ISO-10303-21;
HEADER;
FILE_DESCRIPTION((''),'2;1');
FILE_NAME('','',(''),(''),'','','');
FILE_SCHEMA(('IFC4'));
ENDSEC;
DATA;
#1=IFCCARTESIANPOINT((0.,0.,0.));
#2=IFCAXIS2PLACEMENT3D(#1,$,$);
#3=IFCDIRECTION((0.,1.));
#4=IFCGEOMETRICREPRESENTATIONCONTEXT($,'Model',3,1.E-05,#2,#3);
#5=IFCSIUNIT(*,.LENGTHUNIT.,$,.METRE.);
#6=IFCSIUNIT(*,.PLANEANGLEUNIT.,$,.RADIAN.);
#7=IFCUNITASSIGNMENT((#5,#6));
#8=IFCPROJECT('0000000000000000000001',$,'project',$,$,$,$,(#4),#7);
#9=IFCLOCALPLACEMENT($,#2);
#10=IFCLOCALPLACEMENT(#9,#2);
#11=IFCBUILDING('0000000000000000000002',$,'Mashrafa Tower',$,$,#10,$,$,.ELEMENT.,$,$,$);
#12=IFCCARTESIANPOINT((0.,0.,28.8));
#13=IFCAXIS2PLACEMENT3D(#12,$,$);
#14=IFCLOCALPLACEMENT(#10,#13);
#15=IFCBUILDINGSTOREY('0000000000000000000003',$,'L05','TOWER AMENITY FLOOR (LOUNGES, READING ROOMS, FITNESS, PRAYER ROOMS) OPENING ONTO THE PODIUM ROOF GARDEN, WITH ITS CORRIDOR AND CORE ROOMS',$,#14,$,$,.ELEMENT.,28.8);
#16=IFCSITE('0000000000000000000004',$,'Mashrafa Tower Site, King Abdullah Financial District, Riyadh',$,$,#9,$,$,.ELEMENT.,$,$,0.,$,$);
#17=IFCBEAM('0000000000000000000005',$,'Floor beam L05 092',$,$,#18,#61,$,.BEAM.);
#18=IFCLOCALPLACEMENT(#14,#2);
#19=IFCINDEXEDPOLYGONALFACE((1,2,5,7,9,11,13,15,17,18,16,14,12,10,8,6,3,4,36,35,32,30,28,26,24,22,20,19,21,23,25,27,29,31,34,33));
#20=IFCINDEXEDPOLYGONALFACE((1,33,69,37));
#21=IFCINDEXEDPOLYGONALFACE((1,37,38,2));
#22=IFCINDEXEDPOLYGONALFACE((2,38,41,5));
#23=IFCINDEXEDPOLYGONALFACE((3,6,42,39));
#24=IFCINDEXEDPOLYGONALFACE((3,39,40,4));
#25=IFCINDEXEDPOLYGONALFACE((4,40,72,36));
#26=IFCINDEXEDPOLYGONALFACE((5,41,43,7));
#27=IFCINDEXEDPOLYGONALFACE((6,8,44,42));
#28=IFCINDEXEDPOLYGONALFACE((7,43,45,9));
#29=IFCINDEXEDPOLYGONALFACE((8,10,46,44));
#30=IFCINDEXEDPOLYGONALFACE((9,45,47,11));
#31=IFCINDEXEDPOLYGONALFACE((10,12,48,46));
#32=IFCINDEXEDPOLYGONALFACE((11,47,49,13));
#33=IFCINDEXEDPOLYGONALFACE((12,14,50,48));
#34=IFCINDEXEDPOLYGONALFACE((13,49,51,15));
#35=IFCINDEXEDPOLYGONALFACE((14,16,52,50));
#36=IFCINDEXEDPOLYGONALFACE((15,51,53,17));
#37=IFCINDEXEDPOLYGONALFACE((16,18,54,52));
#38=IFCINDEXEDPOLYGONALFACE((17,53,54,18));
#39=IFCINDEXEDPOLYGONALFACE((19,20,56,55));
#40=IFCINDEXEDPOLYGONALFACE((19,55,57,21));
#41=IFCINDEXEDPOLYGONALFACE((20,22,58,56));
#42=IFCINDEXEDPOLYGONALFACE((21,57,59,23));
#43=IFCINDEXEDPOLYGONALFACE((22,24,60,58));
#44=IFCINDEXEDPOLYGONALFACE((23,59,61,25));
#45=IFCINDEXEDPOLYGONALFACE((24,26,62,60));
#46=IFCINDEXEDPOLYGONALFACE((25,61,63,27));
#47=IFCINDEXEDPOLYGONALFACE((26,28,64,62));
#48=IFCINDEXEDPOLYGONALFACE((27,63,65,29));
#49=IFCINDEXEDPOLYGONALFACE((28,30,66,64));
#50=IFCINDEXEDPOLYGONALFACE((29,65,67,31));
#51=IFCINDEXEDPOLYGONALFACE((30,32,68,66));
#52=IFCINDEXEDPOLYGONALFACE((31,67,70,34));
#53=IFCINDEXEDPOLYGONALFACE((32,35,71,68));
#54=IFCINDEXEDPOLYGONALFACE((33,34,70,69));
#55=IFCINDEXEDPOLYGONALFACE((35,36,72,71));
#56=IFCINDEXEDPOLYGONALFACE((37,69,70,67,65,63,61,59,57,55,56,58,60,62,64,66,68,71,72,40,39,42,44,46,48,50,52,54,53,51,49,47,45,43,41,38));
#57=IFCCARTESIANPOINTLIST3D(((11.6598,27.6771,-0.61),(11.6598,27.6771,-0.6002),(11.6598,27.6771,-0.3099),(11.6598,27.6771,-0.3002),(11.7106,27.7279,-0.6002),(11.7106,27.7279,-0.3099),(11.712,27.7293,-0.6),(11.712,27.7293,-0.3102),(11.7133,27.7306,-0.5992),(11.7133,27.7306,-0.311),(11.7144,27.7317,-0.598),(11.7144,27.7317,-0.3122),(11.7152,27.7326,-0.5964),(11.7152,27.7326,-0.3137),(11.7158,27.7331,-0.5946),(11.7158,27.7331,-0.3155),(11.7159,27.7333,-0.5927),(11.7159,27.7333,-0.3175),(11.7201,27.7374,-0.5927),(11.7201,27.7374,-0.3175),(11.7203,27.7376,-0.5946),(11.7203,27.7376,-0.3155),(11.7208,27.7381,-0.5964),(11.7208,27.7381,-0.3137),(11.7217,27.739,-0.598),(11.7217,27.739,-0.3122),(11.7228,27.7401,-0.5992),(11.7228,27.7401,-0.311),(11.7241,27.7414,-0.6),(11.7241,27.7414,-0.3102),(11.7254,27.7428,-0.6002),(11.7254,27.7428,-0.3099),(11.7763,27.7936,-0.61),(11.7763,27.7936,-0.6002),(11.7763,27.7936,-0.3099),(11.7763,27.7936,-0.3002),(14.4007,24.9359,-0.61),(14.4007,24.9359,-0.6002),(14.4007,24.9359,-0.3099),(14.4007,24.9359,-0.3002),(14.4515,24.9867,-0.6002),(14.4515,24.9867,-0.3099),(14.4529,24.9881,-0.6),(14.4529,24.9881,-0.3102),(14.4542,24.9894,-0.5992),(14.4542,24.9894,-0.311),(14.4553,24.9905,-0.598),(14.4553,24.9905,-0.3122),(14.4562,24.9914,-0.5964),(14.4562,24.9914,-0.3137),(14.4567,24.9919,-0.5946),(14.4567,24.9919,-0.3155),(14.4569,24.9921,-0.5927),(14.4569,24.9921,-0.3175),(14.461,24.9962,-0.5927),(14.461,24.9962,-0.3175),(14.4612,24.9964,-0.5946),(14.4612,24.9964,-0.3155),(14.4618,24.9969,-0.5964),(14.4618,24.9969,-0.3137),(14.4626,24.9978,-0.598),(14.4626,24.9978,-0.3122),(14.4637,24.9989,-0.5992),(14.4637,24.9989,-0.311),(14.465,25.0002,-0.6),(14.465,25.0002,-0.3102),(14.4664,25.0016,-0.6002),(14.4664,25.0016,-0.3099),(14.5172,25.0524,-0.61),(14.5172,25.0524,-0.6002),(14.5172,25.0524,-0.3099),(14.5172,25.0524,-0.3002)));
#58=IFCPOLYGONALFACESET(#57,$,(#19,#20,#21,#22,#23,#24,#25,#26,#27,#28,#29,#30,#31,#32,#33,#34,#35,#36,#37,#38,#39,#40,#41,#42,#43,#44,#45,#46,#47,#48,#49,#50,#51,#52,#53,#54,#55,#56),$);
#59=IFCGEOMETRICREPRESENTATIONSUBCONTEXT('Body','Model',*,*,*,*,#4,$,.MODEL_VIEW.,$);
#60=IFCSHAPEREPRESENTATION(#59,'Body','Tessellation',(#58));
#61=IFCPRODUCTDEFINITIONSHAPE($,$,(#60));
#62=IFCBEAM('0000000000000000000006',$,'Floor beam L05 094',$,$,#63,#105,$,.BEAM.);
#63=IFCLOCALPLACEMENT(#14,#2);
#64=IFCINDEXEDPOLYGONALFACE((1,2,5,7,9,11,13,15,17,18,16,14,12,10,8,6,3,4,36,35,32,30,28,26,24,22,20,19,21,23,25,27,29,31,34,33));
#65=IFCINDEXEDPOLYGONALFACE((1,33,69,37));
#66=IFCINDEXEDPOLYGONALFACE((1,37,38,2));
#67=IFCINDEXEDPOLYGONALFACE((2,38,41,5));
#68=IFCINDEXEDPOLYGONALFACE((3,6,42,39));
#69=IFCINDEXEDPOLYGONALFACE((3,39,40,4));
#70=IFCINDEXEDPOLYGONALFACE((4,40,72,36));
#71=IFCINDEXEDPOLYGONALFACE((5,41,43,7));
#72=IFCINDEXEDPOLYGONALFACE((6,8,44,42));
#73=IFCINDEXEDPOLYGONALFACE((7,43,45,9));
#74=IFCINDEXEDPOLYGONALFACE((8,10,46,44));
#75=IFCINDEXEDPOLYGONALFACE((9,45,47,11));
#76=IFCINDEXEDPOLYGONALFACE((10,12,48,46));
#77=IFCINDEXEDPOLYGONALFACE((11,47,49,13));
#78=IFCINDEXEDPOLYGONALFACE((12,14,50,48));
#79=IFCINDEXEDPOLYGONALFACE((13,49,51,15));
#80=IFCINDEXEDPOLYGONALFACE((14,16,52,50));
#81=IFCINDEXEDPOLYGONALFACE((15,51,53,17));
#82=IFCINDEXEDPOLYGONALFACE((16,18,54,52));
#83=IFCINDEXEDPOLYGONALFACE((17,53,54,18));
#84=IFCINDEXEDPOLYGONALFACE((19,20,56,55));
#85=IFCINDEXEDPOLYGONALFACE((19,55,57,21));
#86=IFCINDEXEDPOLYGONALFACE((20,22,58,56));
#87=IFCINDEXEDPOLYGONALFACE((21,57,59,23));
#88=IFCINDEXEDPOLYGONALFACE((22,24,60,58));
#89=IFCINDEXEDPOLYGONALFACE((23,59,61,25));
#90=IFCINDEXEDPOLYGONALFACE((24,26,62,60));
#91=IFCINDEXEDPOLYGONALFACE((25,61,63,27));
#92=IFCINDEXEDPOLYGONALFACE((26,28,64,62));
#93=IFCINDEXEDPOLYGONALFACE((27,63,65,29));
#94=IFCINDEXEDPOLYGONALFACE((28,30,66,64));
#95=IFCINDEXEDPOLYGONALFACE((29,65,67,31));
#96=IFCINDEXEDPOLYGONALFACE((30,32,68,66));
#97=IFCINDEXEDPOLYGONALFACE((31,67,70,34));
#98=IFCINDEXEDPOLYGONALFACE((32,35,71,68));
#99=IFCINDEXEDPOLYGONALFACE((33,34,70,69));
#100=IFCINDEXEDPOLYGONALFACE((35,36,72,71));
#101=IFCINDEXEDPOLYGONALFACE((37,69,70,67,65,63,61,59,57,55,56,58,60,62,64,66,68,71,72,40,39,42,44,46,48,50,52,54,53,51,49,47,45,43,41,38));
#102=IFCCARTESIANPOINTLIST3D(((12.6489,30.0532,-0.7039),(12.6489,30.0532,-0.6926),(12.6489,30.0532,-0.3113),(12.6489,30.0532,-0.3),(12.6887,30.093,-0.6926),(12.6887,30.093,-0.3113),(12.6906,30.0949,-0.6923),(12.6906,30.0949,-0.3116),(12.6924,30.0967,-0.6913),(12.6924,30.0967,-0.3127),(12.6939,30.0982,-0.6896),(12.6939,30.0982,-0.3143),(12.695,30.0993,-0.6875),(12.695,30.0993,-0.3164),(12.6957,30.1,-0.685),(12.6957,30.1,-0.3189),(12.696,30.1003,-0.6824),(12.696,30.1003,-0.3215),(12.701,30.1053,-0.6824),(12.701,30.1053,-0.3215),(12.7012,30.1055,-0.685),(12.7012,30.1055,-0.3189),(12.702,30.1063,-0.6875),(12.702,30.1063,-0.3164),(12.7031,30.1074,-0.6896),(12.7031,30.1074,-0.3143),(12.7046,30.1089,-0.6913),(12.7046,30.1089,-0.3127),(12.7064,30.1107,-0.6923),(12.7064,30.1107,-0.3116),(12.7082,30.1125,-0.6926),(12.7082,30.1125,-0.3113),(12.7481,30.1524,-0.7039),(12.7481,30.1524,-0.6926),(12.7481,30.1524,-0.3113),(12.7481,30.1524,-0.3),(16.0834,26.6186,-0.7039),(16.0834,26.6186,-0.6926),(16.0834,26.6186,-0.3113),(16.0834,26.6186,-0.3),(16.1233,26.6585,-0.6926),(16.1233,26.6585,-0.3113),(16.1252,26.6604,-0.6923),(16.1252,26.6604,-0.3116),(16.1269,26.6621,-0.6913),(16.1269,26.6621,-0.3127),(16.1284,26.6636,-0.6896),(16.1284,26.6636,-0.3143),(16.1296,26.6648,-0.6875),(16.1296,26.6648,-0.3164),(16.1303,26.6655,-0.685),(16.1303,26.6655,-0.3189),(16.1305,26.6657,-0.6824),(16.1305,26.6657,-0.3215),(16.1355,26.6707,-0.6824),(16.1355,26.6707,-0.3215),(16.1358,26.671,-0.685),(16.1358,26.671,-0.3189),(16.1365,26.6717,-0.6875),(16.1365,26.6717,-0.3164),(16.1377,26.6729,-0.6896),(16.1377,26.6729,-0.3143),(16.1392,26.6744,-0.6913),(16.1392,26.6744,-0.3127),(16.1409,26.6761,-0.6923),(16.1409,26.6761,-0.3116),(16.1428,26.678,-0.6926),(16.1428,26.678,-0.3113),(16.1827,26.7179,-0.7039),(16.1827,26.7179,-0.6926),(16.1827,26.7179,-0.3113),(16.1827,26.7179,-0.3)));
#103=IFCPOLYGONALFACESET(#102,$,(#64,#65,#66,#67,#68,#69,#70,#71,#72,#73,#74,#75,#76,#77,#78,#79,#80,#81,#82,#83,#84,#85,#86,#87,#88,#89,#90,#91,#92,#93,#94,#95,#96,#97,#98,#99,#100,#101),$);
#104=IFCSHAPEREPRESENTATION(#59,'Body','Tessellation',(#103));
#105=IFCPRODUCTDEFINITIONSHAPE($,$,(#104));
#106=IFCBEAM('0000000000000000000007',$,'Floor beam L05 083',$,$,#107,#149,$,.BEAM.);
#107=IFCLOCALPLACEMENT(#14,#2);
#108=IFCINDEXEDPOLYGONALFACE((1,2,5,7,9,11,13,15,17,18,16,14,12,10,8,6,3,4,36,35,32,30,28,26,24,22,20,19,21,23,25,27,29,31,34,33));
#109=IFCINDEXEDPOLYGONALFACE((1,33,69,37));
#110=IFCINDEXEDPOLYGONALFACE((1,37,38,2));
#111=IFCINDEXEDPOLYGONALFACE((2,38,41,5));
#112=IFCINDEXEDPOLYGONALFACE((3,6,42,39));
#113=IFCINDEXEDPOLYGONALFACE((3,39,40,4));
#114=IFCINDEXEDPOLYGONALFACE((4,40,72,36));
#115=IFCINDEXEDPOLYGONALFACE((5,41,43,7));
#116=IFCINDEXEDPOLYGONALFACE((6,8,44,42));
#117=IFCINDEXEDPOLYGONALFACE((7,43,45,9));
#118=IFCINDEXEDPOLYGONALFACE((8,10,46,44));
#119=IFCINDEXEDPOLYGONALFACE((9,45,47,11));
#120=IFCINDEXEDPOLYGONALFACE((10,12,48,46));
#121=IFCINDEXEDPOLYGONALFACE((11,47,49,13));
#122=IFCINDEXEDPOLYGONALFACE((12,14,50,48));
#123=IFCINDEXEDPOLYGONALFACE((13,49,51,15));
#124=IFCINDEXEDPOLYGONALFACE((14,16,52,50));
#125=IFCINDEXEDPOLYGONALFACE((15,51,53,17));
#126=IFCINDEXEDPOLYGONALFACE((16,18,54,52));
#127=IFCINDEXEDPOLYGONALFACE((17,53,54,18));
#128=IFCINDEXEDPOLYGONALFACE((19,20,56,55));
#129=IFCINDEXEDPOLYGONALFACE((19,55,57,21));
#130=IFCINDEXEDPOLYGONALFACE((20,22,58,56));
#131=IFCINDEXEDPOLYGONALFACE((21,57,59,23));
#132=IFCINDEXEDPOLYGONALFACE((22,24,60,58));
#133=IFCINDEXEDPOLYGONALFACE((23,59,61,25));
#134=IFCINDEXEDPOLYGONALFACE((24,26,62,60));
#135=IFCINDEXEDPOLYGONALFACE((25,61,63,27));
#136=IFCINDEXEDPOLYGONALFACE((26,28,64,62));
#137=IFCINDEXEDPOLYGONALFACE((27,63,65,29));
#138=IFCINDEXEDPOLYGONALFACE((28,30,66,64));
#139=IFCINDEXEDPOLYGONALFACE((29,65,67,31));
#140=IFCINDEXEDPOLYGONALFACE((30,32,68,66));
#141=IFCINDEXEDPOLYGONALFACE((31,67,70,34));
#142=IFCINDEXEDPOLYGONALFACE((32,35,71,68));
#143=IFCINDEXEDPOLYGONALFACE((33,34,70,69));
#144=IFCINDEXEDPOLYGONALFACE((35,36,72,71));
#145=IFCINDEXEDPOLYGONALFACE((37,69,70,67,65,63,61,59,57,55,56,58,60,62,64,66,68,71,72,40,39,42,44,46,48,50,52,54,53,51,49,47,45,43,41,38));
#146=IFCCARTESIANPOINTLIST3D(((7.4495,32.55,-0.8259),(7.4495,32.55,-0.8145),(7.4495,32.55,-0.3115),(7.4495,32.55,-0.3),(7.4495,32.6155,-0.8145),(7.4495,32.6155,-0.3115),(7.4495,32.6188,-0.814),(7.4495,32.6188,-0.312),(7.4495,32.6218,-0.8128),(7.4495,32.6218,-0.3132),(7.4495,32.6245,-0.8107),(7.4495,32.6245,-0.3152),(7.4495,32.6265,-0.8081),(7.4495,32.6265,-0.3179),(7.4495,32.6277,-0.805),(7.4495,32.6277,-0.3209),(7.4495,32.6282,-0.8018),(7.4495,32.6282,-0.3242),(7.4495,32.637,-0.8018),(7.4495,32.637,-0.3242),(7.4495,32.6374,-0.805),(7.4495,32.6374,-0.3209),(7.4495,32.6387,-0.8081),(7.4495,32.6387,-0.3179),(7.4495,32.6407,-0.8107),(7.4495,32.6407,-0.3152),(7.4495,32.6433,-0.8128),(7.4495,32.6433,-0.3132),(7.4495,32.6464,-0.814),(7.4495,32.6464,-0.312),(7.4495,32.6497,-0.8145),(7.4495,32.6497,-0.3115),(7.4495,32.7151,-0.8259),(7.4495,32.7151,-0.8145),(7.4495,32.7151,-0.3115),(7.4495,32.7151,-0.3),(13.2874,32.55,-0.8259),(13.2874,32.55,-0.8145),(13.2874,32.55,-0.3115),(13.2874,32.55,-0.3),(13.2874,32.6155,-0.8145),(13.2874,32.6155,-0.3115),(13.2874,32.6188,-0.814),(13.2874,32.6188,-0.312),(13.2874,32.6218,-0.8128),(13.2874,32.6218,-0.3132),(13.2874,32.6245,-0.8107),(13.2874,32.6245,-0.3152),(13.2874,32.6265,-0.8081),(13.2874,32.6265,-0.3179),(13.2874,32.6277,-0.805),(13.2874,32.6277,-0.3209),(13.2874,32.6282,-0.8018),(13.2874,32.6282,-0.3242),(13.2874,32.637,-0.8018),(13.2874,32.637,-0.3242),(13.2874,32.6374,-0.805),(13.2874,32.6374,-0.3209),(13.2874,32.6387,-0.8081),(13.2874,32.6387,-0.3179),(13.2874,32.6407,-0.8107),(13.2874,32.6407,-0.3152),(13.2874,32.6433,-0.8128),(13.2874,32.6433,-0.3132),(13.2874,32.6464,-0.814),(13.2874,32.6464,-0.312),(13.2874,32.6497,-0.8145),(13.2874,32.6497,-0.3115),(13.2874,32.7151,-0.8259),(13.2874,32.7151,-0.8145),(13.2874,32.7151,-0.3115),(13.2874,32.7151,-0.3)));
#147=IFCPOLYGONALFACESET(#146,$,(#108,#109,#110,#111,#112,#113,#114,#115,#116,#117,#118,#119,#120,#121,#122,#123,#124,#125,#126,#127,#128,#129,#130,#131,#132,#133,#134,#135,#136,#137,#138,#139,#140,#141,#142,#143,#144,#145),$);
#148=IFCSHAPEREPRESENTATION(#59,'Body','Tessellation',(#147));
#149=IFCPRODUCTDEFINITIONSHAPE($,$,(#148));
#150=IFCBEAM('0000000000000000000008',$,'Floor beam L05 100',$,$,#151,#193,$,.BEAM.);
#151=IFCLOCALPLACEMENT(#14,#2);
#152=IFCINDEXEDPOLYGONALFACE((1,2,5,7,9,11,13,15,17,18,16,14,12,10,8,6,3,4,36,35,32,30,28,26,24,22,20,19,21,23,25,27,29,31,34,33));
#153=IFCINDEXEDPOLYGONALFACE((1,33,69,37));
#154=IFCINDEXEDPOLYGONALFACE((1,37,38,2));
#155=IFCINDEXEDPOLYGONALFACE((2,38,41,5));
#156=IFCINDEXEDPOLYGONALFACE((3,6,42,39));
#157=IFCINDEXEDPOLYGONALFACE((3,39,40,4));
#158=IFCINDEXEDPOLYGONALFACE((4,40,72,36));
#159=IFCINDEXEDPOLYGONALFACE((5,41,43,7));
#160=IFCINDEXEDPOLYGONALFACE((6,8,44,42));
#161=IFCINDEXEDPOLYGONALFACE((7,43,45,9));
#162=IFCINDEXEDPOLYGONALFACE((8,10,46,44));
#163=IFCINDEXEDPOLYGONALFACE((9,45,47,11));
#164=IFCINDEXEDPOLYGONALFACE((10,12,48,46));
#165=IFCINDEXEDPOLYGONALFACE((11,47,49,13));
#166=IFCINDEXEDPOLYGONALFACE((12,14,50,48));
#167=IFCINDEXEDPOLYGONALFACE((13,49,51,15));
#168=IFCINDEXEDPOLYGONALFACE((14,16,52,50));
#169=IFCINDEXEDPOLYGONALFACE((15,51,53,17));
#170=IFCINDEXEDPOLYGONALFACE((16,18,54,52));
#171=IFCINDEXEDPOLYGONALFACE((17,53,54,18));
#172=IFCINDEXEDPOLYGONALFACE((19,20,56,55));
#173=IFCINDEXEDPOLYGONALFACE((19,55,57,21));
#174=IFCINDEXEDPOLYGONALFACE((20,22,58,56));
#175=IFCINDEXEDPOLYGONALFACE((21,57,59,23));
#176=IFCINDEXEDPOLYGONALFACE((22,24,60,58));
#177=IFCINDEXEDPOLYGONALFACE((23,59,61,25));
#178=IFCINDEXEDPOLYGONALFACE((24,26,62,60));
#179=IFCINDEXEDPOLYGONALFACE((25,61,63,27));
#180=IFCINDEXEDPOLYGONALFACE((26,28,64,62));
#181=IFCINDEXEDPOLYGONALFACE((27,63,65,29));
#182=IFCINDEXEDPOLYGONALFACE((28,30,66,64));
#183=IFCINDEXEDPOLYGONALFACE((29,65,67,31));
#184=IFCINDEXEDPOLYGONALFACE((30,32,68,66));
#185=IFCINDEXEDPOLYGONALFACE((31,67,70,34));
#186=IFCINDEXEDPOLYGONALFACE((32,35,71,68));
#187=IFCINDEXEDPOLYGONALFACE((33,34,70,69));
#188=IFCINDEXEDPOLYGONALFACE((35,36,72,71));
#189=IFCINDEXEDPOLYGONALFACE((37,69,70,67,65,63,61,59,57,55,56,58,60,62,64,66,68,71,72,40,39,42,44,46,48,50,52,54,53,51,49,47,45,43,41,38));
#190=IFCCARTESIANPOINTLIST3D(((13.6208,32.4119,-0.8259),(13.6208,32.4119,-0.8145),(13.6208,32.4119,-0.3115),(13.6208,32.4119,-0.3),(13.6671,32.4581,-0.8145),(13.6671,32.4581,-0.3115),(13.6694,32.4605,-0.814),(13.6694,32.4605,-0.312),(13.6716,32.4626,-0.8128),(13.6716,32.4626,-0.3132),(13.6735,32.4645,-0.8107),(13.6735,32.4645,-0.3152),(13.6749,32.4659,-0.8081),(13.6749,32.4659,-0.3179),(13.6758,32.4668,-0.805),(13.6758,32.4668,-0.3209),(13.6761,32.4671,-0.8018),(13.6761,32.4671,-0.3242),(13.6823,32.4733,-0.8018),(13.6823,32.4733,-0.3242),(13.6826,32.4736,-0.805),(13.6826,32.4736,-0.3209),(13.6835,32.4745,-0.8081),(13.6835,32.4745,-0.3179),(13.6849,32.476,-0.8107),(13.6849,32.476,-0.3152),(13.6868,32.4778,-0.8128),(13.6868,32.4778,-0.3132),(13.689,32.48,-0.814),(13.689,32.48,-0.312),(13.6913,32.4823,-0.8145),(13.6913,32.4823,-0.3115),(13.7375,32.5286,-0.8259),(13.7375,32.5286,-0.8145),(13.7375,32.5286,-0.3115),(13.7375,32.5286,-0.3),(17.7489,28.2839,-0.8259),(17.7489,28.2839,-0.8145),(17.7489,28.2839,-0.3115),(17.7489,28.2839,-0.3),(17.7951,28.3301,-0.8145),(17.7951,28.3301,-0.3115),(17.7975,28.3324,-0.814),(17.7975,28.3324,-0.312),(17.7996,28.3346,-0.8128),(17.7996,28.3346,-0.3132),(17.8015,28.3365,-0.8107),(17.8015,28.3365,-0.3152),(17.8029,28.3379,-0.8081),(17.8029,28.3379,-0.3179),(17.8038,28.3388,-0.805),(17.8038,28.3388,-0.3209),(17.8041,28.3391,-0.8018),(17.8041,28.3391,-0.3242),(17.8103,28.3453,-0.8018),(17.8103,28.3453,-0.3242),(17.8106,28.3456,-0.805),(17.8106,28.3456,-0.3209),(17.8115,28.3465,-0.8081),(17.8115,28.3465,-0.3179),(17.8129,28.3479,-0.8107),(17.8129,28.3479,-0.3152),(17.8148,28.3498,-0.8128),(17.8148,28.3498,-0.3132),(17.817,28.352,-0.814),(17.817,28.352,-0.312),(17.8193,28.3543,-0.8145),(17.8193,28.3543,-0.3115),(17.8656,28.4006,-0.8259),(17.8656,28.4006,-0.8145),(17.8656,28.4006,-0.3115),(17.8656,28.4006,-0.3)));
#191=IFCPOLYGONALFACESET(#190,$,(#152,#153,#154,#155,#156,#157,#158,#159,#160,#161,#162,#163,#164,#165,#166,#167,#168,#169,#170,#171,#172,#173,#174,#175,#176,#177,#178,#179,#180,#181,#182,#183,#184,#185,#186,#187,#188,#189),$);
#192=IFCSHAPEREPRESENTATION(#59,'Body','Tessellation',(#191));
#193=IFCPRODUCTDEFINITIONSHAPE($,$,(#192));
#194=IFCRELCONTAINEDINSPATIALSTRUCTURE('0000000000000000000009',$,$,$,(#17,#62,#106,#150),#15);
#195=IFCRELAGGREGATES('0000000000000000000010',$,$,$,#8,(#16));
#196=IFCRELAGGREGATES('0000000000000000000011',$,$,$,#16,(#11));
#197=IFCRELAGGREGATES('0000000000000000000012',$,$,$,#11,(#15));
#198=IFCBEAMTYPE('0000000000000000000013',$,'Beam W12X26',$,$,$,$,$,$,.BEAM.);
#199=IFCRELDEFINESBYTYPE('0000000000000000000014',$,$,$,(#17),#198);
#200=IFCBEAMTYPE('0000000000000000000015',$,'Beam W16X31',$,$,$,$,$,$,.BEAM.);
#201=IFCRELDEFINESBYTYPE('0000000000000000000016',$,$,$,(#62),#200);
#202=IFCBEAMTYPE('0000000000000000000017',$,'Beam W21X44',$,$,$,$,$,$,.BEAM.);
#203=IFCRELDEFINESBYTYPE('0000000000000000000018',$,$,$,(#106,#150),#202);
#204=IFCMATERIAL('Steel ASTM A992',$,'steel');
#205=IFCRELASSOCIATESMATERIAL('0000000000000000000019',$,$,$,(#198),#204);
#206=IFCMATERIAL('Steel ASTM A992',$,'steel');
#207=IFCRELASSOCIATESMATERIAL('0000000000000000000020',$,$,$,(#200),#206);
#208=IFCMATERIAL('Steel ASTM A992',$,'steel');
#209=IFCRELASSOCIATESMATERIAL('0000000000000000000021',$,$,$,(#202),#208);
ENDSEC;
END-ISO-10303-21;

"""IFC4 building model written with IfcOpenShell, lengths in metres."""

from ifc_helpers import new_model, si_unit, direction, frame, origin, origin_2d, place, context, subcontext, project, spatial, i_section, extrude, material, material_profile, profile_set, type_object, element, save


model = new_model("IFC4")

# Units and contexts
model_context = context("Model", 3, precision=1e-05, world=origin(), true_north=direction((0.0, 1.0)))
body_context = subcontext(model_context, "Body", "Model", "MODEL_VIEW")
ifc_project = project(units=[si_unit("LENGTHUNIT", "METRE"), si_unit("PLANEANGLEUNIT", "RADIAN")], contexts=[model_context])

# Site, building, storey
site_placement = place(None, origin())
site = spatial("IfcSite", under=ifc_project, at=site_placement, Name="Mashrafa Tower Site, King Abdullah Financial District, Riyadh", CompositionType="ELEMENT", RefElevation=0.0)
building_placement = place(site_placement, origin())
building = spatial("IfcBuilding", under=site, at=building_placement, Name="Mashrafa Tower", CompositionType="ELEMENT")
storey_placement = place(building_placement, frame((0.0, 0.0, 28.8)))
storey = spatial("IfcBuildingStorey", under=building, at=storey_placement, Name="L05", Description="TOWER AMENITY FLOOR (LOUNGES, READING ROOMS, FITNESS, PRAYER ROOMS) OPENING ONTO THE PODIUM ROOF GARDEN, WITH ITS CORRIDOR AND CORE ROOMS", CompositionType="ELEMENT", Elevation=28.8)

# Beams
ifc_material_1 = material(Name="Steel ASTM A992", Category="steel")
ifc_material_profile_1 = material_profile(ifc_material_1, i_section(OverallWidth=0.1648, OverallDepth=0.3098, WebThickness=0.0059, FlangeThickness=0.0098, FilletRadius=0.0076, at=origin_2d()), Name="W12X26")
ifc_profile_set_1 = profile_set([ifc_material_profile_1], Name="Steel ASTM A992")
beam_type_1 = type_object("IfcBeamType", Name="Beam W12X26", PredefinedType="BEAM", material=ifc_profile_set_1)
beam_1_placement = place(storey_placement, frame((11.718, 27.7354, -0.4551), z_axis=(0.707075, -0.707138, 0.0), x_axis=(0.707138, 0.707075, 0.0)))
element("IfcBeam", 1, at=beam_1_placement, inside=storey, type_object=beam_type_1, Name="Floor beam L05 092", PredefinedType="BEAM", context=body_context, shape_type="SweptSolid", body=[
    extrude(i_section(OverallWidth=0.1648, OverallDepth=0.3098, WebThickness=0.0059, FlangeThickness=0.0098, FilletRadius=0.0076, at=origin_2d()), origin(), (0.0, 0.0, 1.0), 3.8765),
])
ifc_material_2 = material(Name="Steel ASTM A992", Category="steel")
ifc_material_profile_2 = material_profile(ifc_material_2, i_section(OverallWidth=0.1404, OverallDepth=0.4038, WebThickness=0.0071, FlangeThickness=0.0112, FilletRadius=0.0103, at=origin_2d()), Name="W16X31")
ifc_profile_set_2 = profile_set([ifc_material_profile_2], Name="Steel ASTM A992")
beam_type_2 = type_object("IfcBeamType", Name="Beam W16X31", PredefinedType="BEAM", material=ifc_profile_set_2)
beam_2_placement = place(storey_placement, frame((12.6985, 30.1028, -0.502), z_axis=(0.707107, -0.707107, 0.0), x_axis=(0.707107, 0.707107, 0.0)))
element("IfcBeam", 2, at=beam_2_placement, inside=storey, type_object=beam_type_2, Name="Floor beam L05 094", PredefinedType="BEAM", context=body_context, shape_type="SweptSolid", body=[
    extrude(i_section(OverallWidth=0.1404, OverallDepth=0.4038, WebThickness=0.0071, FlangeThickness=0.0112, FilletRadius=0.0103, at=origin_2d()), origin(), (0.0, 0.0, 1.0), 4.8572),
])
ifc_material_3 = material(Name="Steel ASTM A992", Category="steel")
ifc_material_profile_3 = material_profile(ifc_material_3, i_section(OverallWidth=0.165, OverallDepth=0.5259, WebThickness=0.0088, FlangeThickness=0.0115, FilletRadius=0.0127, at=origin_2d()), Name="W21X44")
ifc_profile_set_3 = profile_set([ifc_material_profile_3], Name="Steel ASTM A992")
beam_type_3 = type_object("IfcBeamType", Name="Beam W21X44", PredefinedType="BEAM", material=ifc_profile_set_3)
for number, where, z_axis, x_axis, name in (
    (3, (7.4495, 32.6326, -0.563), (1.0, 0.0, 0.0), (0.0, 1.0, 0.0), "Floor beam L05 083"),
    (4, (13.6792, 32.4702, -0.563), (0.707107, -0.707107, 0.0), (0.707107, 0.707107, 0.0), "Floor beam L05 100"),
):
    element("IfcBeam", number, at=place(storey_placement, frame(where, z_axis=z_axis, x_axis=x_axis)), inside=storey, type_object=beam_type_3, Name=name, PredefinedType="BEAM", context=body_context, shape_type="SweptSolid", body=[
        extrude(i_section(OverallWidth=0.165, OverallDepth=0.5259, WebThickness=0.0088, FlangeThickness=0.0115, FilletRadius=0.0127, at=origin_2d()), origin(), (0.0, 0.0, 1.0), 5.8379),
    ])

save(model, "model.ifc")
